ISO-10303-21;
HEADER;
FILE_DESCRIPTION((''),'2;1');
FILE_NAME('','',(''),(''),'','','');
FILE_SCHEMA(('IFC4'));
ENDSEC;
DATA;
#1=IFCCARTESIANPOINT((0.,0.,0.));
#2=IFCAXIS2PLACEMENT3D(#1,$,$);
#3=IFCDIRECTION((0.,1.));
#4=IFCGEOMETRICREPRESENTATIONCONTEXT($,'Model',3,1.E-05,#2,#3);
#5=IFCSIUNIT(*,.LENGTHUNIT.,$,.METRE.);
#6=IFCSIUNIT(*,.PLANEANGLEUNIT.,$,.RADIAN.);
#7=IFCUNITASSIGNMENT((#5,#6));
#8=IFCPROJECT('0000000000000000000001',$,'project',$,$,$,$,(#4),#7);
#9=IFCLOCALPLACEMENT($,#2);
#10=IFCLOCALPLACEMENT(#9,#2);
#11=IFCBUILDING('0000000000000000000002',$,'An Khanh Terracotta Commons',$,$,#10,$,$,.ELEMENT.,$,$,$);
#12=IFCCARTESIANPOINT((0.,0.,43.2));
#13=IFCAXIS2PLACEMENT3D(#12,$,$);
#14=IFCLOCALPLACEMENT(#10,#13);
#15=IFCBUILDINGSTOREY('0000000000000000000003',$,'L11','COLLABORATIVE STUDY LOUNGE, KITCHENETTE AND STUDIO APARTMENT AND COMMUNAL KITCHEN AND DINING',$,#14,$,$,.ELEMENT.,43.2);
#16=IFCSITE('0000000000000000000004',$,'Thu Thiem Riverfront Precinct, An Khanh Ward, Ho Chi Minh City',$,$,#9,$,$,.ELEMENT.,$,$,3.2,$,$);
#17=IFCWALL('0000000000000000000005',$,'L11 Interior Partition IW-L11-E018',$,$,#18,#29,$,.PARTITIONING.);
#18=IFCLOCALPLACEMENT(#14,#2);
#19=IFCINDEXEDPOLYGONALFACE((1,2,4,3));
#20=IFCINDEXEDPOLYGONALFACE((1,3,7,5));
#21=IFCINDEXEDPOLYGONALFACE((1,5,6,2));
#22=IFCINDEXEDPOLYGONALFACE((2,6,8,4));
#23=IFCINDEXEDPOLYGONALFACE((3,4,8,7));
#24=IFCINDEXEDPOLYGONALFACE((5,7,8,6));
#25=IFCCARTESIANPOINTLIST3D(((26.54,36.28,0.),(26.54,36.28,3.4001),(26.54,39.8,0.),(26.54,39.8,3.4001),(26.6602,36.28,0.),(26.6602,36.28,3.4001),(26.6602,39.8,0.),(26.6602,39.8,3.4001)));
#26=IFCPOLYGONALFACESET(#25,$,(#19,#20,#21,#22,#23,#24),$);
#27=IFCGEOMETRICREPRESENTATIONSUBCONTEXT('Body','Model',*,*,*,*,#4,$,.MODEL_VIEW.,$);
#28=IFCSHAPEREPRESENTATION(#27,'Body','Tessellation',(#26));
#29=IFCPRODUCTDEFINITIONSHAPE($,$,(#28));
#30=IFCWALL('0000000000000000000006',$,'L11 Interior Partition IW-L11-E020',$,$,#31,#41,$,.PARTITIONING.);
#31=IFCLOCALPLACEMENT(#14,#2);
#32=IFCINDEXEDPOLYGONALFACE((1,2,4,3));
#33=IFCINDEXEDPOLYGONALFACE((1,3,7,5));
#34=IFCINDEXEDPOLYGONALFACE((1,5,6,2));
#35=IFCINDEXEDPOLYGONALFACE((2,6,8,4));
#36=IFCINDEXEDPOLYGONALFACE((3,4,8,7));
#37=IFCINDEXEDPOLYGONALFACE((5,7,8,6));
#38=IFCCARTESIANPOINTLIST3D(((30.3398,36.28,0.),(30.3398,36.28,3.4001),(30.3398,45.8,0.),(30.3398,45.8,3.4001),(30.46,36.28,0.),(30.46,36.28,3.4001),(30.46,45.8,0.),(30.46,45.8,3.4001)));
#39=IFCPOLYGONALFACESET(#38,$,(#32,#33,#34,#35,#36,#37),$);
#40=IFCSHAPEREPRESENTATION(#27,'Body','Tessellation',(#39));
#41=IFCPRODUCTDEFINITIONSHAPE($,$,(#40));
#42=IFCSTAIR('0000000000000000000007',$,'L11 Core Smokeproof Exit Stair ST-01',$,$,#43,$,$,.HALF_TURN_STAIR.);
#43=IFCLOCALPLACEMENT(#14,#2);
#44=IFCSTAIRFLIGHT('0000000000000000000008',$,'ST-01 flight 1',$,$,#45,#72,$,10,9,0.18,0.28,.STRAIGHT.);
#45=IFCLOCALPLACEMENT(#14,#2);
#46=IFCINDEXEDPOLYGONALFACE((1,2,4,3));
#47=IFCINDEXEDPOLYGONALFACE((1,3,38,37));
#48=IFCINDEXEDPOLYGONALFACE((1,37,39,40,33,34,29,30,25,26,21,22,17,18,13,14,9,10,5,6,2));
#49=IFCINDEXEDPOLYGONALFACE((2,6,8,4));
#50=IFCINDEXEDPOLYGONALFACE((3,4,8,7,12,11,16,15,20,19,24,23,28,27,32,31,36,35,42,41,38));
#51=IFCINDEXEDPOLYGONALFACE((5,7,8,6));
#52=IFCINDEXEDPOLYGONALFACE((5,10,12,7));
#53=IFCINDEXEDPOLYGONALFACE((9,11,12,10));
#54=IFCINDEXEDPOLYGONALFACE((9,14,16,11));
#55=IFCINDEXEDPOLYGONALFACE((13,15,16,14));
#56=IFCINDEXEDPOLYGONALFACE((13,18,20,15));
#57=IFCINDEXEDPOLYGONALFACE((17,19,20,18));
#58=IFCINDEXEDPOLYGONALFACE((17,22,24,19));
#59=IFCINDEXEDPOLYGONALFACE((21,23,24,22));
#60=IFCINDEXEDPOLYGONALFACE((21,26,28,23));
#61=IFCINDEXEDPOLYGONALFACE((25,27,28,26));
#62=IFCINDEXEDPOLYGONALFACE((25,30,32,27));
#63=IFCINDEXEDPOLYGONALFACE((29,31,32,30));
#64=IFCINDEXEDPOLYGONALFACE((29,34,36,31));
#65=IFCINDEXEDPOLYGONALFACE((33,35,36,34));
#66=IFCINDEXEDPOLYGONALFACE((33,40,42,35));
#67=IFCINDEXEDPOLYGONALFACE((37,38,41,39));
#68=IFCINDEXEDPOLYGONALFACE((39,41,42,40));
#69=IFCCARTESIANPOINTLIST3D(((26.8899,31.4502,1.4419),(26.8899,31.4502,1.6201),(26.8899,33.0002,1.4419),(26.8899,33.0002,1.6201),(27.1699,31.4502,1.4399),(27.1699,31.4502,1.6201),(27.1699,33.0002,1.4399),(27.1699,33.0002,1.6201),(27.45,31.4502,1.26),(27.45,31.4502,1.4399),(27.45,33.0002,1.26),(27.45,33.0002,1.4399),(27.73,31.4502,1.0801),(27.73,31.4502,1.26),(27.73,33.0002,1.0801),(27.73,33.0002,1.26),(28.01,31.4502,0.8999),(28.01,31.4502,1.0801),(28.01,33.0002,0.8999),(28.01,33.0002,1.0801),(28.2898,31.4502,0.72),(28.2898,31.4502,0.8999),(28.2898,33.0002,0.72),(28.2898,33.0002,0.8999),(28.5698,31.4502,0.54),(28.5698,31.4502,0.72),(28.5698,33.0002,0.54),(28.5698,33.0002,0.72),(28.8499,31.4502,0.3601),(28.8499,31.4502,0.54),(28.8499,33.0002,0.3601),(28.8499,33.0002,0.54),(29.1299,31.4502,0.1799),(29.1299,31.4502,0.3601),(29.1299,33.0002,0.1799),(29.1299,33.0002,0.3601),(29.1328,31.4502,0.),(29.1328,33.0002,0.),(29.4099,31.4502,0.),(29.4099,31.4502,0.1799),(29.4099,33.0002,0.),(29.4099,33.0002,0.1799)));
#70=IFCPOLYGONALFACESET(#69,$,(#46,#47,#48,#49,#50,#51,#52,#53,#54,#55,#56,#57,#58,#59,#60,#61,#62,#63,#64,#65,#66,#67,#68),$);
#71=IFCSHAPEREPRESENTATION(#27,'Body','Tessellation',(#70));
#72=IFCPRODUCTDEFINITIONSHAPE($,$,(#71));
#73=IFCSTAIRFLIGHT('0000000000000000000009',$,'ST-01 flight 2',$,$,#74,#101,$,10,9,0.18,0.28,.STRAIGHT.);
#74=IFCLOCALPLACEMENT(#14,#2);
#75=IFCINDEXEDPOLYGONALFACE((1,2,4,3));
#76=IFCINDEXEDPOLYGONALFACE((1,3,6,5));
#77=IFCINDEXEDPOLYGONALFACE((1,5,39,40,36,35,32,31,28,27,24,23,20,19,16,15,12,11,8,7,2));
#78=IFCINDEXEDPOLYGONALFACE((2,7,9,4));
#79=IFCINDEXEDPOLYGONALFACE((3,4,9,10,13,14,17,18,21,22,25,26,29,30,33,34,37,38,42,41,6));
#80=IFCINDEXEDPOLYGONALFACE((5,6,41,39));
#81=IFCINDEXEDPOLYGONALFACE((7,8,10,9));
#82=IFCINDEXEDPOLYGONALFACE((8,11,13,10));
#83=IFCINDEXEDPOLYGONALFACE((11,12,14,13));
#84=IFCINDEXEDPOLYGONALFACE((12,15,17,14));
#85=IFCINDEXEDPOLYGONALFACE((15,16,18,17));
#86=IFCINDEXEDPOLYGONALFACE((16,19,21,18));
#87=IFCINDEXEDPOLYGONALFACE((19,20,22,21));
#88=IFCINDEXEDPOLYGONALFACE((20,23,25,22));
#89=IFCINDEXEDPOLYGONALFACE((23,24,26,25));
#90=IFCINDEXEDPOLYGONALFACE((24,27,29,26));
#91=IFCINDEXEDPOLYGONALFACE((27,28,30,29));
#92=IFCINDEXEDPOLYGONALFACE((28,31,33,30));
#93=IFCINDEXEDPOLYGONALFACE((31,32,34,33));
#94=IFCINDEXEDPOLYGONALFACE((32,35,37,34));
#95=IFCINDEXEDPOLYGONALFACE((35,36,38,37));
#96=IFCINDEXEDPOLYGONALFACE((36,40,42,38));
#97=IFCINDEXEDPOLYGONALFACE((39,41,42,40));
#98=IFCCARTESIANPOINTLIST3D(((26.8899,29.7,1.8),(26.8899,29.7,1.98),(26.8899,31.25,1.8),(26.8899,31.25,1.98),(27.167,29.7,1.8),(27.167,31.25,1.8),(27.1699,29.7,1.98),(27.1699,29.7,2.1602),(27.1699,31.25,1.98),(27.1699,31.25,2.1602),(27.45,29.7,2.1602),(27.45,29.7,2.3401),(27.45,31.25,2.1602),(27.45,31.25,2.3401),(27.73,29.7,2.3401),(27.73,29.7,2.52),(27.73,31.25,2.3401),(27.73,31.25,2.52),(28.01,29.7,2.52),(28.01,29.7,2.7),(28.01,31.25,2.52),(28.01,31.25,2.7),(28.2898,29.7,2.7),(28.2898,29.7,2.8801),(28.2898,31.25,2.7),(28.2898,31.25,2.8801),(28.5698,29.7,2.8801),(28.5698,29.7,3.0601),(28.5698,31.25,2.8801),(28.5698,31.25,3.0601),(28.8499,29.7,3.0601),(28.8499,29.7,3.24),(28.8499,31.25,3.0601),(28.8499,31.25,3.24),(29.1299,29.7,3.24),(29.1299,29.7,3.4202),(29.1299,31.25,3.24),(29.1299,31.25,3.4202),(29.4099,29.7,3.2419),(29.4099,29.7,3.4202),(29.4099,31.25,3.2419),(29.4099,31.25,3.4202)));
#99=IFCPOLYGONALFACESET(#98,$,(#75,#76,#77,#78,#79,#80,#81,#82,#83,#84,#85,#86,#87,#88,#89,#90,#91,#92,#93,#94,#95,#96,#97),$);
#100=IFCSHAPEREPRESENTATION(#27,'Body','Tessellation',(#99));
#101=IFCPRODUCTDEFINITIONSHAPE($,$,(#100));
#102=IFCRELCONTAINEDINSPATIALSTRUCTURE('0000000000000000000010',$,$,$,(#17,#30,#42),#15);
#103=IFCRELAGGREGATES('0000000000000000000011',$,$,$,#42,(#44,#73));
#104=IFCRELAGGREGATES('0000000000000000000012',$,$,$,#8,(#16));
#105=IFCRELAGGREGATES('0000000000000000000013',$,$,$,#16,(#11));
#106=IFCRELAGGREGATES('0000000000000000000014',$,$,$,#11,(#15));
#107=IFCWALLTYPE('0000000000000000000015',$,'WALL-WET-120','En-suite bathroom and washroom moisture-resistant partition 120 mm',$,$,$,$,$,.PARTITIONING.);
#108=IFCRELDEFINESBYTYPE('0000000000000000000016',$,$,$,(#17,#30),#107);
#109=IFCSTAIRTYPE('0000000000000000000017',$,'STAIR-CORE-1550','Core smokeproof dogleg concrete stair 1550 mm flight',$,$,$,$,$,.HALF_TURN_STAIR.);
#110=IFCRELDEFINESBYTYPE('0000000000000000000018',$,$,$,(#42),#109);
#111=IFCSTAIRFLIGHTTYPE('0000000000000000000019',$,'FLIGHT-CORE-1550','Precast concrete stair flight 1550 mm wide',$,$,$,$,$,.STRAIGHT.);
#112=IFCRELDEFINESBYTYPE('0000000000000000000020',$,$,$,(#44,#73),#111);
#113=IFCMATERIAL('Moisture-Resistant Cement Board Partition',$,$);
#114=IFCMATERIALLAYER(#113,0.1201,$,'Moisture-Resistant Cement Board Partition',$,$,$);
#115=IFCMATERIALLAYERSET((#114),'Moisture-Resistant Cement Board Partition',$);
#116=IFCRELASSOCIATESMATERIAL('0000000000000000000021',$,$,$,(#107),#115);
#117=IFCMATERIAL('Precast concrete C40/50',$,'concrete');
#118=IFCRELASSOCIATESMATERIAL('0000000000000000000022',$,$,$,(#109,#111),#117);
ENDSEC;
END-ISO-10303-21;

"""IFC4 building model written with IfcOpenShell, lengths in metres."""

from ifc_helpers import new_model, si_unit, direction, frame, frame_2d, origin, place, context, subcontext, project, spatial, polyline, rectangle, outline, extrude, material, layer, layer_set, type_object, element, aggregate, save


model = new_model("IFC4")

# Units and contexts
model_context = context("Model", 3, precision=1e-05, world=origin(), true_north=direction((0.0, 1.0)))
body_context = subcontext(model_context, "Body", "Model", "MODEL_VIEW")
ifc_project = project(units=[si_unit("LENGTHUNIT", "METRE"), si_unit("PLANEANGLEUNIT", "RADIAN")], contexts=[model_context])

# Site, building, storey
site_placement = place(None, origin())
site = spatial("IfcSite", under=ifc_project, at=site_placement, Name="Thu Thiem Riverfront Precinct, An Khanh Ward, Ho Chi Minh City", CompositionType="ELEMENT", RefElevation=3.2)
building_placement = place(site_placement, origin())
building = spatial("IfcBuilding", under=site, at=building_placement, Name="An Khanh Terracotta Commons", CompositionType="ELEMENT")
storey_placement = place(building_placement, frame((0.0, 0.0, 43.2)))
storey = spatial("IfcBuildingStorey", under=building, at=storey_placement, Name="L11", Description="COLLABORATIVE STUDY LOUNGE, KITCHENETTE AND STUDIO APARTMENT AND COMMUNAL KITCHEN AND DINING", CompositionType="ELEMENT", Elevation=43.2)

# Walls
ifc_material_1 = material(Name="Moisture-Resistant Cement Board Partition")
ifc_layer_1 = layer(ifc_material_1, 0.1201, Name="Moisture-Resistant Cement Board Partition")
ifc_layer_set_1 = layer_set([ifc_layer_1], Name="Moisture-Resistant Cement Board Partition")
wall_type_1 = type_object("IfcWallType", Name="WALL-WET-120", Description="En-suite bathroom and washroom moisture-resistant partition 120 mm", PredefinedType="PARTITIONING", material=ifc_layer_set_1)
wall_1_placement = place(storey_placement, frame((26.6001, 36.28, 0.0), z_axis=(0.0, 0.0, 1.0), x_axis=(0.0, 1.0, 0.0)))
element("IfcWall", 1, at=wall_1_placement, inside=storey, type_object=wall_type_1, Name="L11 Interior Partition IW-L11-E018", PredefinedType="PARTITIONING", context=body_context, shape_type="SweptSolid", body=[
    extrude(rectangle(XDim=3.52, YDim=0.1201, at=frame_2d((1.76, 0.0))), origin(), (0.0, 0.0, 1.0), 3.4001),
])
wall_2_placement = place(storey_placement, frame((30.3999, 36.28, 0.0), z_axis=(0.0, 0.0, 1.0), x_axis=(0.0, 1.0, 0.0)))
element("IfcWall", 2, at=wall_2_placement, inside=storey, type_object=wall_type_1, Name="L11 Interior Partition IW-L11-E020", PredefinedType="PARTITIONING", context=body_context, shape_type="SweptSolid", body=[
    extrude(rectangle(XDim=9.52, YDim=0.1201, at=frame_2d((4.76, 0.0))), origin(), (0.0, 0.0, 1.0), 3.4001),
])

# Stair, stair flights
ifc_material_2 = material(Name="Precast concrete C40/50", Category="concrete")
stair_type = type_object("IfcStairType", Name="STAIR-CORE-1550", Description="Core smokeproof dogleg concrete stair 1550 mm flight", PredefinedType="HALF_TURN_STAIR", material=ifc_material_2)
stair_placement = place(storey_placement, origin())
stair = element("IfcStair", 3, at=stair_placement, inside=storey, type_object=stair_type, Name="L11 Core Smokeproof Exit Stair ST-01", PredefinedType="HALF_TURN_STAIR")
stair_flight_type = type_object("IfcStairFlightType", Name="FLIGHT-CORE-1550", Description="Precast concrete stair flight 1550 mm wide", PredefinedType="STRAIGHT", material=ifc_material_2)
stair_flight_1_placement = place(storey_placement, frame((29.4099, 32.2251, 0.0), z_axis=(0.0, 0.0, 1.0), x_axis=(-1.0, 0.0, 0.0)))
stair_flight_1 = element("IfcStairFlight", 4, at=stair_flight_1_placement, type_object=stair_flight_type, Name="ST-01 flight 1", NumberOfRisers=10, NumberOfTreads=9, PredefinedType="STRAIGHT", RiserHeight=0.18, TreadLength=0.28, context=body_context, shape_type="SweptSolid", body=[
    extrude(outline(polyline([(0.0, 0.0), (0.0, 0.1799), (0.28, 0.1799), (0.28, 0.3601), (0.5601, 0.3601), (0.5601, 0.54), (0.8401, 0.54), (0.8401, 0.72), (1.1201, 0.72), (1.1201, 0.8999), (1.3999, 0.8999), (1.3999, 1.0801), (1.6799, 1.0801), (1.6799, 1.26), (1.96, 1.26), (1.96, 1.4399), (2.24, 1.4399), (2.24, 1.6201), (2.52, 1.6201), (2.52, 1.8), (2.52, 1.4419), (0.2771, 0.0), (0.0, 0.0)])), frame((0.0, 0.7749, 0.0), z_axis=(0.0, -1.0, 0.0), x_axis=(1.0, 0.0, 0.0)), (0.0, 0.0, 1.0), 1.55),
])
stair_flight_2_placement = place(storey_placement, frame((26.8899, 30.4751, 1.8), z_axis=(0.0, 0.0, 1.0), x_axis=(1.0, 0.0, 0.0)))
stair_flight_2 = element("IfcStairFlight", 5, at=stair_flight_2_placement, type_object=stair_flight_type, Name="ST-01 flight 2", NumberOfRisers=10, NumberOfTreads=9, PredefinedType="STRAIGHT", RiserHeight=0.18, TreadLength=0.28, context=body_context, shape_type="SweptSolid", body=[
    extrude(outline(polyline([(0.0, 0.0), (0.0, 0.1799), (0.28, 0.1799), (0.28, 0.3601), (0.5601, 0.3601), (0.5601, 0.54), (0.8401, 0.54), (0.8401, 0.72), (1.1201, 0.72), (1.1201, 0.8999), (1.3999, 0.8999), (1.3999, 1.0801), (1.6799, 1.0801), (1.6799, 1.26), (1.96, 1.26), (1.96, 1.4399), (2.24, 1.4399), (2.24, 1.6201), (2.52, 1.6201), (2.52, 1.8), (2.52, 1.4419), (0.2771, 0.0), (0.0, 0.0)])), frame((0.0, 0.7749, 0.0), z_axis=(0.0, -1.0, 0.0), x_axis=(1.0, 0.0, 0.0)), (0.0, 0.0, 1.0), 1.55),
])
aggregate(stair, [stair_flight_1, stair_flight_2])

save(model, "model.ifc")
